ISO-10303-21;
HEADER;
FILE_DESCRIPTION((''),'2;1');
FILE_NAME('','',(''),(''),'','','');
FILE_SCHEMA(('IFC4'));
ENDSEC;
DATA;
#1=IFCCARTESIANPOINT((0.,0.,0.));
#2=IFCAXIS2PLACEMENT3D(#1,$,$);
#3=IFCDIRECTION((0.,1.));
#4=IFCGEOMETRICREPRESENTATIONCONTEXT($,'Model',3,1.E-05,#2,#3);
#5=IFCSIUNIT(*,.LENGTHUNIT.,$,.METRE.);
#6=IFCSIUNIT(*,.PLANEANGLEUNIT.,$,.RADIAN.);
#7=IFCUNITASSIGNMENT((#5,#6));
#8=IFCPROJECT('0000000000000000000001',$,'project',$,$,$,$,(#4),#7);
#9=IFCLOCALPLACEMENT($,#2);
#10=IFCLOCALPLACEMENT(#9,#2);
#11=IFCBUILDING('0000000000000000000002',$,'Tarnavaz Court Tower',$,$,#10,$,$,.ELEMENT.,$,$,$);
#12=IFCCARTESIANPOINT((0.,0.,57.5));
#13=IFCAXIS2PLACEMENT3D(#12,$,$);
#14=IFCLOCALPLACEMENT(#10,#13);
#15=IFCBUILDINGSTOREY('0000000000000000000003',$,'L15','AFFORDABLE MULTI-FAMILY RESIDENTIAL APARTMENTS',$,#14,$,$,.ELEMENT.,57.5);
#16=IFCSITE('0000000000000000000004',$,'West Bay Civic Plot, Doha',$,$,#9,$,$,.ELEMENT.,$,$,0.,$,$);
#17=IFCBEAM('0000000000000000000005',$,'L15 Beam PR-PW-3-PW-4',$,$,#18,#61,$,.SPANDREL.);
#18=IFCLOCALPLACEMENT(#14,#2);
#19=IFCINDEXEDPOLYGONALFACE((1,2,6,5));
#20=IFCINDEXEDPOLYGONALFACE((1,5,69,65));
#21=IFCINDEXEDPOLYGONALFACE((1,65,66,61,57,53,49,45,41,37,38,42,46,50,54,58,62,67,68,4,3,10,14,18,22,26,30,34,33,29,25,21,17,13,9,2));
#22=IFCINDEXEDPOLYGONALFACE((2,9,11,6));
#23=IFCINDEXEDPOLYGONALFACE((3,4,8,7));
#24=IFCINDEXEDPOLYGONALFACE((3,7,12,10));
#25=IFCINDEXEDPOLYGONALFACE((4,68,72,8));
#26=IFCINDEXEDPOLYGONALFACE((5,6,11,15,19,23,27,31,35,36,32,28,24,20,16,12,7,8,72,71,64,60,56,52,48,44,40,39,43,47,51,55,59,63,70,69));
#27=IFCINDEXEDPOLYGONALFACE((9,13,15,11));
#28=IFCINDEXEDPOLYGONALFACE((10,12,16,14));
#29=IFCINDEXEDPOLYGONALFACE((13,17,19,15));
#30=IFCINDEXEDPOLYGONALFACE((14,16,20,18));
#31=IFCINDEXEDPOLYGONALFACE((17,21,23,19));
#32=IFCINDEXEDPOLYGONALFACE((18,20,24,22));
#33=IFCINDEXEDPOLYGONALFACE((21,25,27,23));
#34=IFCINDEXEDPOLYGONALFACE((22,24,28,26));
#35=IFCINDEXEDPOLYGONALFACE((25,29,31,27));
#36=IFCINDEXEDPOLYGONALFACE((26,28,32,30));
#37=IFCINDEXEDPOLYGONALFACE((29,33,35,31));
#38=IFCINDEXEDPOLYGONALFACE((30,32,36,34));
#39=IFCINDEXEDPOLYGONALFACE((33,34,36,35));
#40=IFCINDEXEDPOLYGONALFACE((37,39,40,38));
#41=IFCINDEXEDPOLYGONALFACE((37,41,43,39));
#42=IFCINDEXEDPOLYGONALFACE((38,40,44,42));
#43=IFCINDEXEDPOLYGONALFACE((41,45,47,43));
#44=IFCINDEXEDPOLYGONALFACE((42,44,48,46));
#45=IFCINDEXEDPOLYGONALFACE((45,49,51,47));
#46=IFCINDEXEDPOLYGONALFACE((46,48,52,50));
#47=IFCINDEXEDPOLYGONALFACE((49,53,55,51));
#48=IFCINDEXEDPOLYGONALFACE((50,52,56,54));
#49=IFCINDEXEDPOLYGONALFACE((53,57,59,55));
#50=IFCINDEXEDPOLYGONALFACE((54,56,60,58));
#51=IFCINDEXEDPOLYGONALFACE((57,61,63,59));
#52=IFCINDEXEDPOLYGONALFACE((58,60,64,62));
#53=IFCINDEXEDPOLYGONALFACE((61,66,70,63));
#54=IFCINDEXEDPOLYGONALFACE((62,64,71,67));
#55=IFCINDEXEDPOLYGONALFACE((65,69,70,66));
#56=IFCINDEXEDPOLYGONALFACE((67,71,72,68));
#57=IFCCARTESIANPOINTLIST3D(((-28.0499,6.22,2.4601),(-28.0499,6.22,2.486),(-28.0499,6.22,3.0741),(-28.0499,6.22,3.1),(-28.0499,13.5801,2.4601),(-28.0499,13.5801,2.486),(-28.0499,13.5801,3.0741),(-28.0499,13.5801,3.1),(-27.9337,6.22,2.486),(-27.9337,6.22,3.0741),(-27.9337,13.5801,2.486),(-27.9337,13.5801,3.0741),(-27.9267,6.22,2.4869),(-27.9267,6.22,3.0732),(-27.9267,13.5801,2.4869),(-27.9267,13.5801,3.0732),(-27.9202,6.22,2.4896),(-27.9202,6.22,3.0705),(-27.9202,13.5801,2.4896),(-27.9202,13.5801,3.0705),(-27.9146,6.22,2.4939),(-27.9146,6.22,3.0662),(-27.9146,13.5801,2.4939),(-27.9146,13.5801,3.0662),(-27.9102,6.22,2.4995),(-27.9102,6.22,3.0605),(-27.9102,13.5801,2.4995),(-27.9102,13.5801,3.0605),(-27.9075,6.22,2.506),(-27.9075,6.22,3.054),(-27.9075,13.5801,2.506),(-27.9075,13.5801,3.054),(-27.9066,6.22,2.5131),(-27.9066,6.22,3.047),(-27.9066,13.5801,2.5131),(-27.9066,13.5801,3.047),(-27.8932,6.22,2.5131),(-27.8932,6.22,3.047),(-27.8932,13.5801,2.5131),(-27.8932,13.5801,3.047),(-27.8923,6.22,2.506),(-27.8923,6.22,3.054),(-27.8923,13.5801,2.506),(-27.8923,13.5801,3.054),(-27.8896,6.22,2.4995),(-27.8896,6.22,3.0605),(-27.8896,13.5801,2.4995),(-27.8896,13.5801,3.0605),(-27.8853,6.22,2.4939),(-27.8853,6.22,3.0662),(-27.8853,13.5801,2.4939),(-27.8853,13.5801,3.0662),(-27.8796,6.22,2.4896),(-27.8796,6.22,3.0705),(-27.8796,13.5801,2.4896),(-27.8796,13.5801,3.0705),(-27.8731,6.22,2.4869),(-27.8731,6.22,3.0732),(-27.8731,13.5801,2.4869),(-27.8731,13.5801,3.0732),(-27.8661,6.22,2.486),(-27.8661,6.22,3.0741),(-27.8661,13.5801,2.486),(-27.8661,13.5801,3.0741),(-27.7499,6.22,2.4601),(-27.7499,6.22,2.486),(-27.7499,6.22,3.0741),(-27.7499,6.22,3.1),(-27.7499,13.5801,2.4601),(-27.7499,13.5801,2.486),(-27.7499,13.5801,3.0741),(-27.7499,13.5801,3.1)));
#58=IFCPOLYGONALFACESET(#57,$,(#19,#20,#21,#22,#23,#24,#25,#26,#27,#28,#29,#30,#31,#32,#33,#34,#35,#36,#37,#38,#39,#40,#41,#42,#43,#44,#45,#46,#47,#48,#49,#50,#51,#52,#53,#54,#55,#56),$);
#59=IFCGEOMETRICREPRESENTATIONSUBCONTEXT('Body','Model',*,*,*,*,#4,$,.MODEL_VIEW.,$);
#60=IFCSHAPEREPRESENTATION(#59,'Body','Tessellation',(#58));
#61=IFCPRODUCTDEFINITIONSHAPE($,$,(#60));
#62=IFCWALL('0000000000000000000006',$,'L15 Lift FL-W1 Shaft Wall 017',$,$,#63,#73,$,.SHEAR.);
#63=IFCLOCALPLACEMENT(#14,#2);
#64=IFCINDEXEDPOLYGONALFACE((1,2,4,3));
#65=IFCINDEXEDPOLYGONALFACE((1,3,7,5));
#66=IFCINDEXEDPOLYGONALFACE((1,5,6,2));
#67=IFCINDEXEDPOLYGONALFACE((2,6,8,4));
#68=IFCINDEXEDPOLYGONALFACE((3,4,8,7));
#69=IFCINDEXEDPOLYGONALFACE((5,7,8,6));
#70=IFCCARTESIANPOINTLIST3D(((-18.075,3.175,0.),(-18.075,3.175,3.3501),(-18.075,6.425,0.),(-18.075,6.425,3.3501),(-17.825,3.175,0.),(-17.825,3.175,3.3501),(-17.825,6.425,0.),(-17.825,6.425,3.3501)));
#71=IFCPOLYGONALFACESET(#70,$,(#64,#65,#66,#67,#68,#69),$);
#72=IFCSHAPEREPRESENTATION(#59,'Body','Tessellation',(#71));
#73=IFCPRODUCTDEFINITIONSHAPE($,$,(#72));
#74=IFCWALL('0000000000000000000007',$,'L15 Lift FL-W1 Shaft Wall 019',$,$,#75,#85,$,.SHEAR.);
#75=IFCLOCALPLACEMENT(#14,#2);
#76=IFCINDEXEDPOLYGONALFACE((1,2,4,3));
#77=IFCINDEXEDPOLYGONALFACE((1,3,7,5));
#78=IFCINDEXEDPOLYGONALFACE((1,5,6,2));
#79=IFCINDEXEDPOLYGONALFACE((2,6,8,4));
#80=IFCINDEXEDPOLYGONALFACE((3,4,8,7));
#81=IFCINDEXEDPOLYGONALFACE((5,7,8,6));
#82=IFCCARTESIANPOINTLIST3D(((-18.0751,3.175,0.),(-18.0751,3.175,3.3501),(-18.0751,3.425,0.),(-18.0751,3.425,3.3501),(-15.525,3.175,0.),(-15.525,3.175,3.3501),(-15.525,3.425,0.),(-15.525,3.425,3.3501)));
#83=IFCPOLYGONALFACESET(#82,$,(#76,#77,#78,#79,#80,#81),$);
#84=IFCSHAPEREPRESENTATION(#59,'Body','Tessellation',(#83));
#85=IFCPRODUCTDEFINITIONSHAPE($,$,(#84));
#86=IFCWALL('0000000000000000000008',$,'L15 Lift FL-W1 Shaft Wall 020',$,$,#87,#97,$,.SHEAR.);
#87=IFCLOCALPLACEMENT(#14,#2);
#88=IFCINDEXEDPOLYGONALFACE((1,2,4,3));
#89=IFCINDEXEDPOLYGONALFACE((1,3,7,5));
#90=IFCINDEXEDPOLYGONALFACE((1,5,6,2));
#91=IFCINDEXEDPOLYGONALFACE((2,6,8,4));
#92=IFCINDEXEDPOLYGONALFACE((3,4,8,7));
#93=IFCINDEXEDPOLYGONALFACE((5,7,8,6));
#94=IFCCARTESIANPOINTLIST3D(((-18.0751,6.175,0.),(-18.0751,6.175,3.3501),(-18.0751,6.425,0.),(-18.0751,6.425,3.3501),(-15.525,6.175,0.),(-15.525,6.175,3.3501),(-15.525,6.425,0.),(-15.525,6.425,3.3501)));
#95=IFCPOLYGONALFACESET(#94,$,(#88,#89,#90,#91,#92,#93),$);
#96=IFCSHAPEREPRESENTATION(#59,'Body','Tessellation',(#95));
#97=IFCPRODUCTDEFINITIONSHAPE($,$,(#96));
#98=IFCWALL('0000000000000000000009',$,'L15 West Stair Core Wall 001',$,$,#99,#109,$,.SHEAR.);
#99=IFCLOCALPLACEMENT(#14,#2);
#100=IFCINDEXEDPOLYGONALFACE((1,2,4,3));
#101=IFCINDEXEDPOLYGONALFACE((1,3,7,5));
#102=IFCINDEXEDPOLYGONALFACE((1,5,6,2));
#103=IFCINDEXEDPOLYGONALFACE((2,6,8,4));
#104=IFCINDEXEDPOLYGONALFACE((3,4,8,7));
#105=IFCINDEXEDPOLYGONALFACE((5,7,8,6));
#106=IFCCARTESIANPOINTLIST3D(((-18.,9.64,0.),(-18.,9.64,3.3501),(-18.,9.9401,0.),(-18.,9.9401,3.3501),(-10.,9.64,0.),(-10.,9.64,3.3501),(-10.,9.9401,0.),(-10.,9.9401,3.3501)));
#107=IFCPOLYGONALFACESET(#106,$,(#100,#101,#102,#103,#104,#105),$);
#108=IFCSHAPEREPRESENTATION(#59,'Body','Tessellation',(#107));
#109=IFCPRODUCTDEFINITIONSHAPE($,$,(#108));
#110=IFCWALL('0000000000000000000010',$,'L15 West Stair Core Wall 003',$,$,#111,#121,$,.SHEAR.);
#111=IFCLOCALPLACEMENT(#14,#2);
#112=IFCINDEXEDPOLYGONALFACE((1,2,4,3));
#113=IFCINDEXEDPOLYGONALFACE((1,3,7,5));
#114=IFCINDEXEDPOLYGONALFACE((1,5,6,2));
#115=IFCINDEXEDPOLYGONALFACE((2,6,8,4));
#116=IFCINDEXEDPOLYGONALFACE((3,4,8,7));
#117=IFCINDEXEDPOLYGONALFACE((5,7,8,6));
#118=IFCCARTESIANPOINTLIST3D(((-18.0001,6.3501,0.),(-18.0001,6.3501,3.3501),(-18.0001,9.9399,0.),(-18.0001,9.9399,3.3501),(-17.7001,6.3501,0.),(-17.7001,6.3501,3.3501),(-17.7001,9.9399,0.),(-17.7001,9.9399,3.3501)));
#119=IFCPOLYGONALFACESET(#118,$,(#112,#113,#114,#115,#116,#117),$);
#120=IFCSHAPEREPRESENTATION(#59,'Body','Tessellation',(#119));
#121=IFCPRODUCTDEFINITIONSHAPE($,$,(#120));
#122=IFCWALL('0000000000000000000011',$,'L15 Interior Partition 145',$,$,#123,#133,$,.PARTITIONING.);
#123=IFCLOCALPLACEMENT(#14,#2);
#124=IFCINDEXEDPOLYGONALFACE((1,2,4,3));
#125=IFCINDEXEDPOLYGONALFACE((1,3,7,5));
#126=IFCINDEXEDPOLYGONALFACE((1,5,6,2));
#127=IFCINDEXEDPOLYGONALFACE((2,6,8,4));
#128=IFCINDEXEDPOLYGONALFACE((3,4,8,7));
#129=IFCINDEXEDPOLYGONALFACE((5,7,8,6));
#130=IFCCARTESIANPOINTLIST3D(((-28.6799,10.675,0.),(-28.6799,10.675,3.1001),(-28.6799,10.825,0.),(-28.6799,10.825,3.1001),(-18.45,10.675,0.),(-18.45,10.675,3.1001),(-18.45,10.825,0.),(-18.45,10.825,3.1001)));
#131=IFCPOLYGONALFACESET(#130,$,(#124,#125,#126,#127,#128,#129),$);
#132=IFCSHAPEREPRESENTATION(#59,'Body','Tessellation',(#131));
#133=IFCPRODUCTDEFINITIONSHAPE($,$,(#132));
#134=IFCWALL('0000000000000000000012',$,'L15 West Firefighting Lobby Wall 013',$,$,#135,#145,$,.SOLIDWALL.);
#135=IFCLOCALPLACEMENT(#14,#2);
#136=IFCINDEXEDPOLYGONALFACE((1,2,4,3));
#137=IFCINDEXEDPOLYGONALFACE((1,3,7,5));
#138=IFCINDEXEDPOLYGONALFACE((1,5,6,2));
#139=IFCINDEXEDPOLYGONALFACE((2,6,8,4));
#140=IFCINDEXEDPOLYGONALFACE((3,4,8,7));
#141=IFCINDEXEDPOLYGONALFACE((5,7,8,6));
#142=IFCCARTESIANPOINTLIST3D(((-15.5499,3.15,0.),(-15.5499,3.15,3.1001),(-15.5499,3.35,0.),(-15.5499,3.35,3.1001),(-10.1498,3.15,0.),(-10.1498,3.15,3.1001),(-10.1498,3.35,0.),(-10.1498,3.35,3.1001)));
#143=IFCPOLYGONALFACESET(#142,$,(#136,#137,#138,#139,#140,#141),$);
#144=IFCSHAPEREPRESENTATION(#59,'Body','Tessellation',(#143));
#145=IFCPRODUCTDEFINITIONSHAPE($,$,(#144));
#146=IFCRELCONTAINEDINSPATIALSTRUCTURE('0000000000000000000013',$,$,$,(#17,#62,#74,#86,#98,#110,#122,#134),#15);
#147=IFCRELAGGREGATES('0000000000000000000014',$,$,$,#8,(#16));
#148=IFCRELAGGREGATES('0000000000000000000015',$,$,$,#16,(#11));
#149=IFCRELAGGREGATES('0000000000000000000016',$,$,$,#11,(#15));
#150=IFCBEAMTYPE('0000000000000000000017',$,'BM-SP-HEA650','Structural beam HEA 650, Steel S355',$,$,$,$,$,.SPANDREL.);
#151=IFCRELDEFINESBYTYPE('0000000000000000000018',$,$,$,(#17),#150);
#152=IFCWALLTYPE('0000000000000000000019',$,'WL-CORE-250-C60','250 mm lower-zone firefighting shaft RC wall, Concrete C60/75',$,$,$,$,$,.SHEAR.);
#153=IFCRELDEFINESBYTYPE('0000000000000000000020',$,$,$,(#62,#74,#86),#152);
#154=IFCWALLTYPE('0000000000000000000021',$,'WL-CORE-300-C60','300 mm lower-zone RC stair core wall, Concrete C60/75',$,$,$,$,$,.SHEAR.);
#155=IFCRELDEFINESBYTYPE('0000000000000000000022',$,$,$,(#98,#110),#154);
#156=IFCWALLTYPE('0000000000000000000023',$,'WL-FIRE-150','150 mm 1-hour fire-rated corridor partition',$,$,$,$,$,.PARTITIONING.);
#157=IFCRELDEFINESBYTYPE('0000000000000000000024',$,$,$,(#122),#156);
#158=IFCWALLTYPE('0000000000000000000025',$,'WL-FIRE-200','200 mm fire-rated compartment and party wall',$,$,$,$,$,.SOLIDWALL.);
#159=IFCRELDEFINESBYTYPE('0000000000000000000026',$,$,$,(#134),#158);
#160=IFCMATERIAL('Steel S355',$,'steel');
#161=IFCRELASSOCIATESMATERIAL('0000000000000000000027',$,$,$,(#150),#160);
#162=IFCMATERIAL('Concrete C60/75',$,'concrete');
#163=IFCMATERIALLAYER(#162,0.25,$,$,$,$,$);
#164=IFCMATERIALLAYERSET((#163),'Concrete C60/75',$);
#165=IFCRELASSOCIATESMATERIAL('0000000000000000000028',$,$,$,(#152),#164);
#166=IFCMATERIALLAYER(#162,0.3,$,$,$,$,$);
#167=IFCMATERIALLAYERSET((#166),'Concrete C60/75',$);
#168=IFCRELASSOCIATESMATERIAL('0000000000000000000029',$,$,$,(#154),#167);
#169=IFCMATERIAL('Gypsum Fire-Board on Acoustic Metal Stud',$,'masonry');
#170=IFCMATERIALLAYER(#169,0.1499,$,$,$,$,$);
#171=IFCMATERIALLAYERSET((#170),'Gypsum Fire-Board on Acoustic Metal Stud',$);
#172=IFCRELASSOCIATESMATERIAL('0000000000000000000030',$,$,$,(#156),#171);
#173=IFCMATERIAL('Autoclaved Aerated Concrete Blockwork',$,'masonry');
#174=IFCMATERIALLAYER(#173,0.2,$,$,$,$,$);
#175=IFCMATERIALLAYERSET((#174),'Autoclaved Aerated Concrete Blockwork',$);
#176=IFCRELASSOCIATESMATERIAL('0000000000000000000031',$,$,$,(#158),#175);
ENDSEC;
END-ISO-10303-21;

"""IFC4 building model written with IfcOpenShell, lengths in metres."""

from ifc_helpers import new_model, si_unit, direction, frame, frame_2d, origin, origin_2d, place, context, subcontext, project, spatial, rectangle, i_section, extrude, material, layer, layer_set, material_profile, profile_set, type_object, element, save


model = new_model("IFC4")

# Units and contexts
model_context = context("Model", 3, precision=1e-05, world=origin(), true_north=direction((0.0, 1.0)))
body_context = subcontext(model_context, "Body", "Model", "MODEL_VIEW")
ifc_project = project(units=[si_unit("LENGTHUNIT", "METRE"), si_unit("PLANEANGLEUNIT", "RADIAN")], contexts=[model_context])

# Site, building, storey
site_placement = place(None, origin())
site = spatial("IfcSite", under=ifc_project, at=site_placement, Name="West Bay Civic Plot, Doha", CompositionType="ELEMENT", RefElevation=0.0)
building_placement = place(site_placement, origin())
building = spatial("IfcBuilding", under=site, at=building_placement, Name="Tarnavaz Court Tower", CompositionType="ELEMENT")
storey_placement = place(building_placement, frame((0.0, 0.0, 57.5)))
storey = spatial("IfcBuildingStorey", under=building, at=storey_placement, Name="L15", Description="AFFORDABLE MULTI-FAMILY RESIDENTIAL APARTMENTS", CompositionType="ELEMENT", Elevation=57.5)

# Shared definitions
ifc_material_1 = material(Name="Concrete C60/75", Category="concrete")

# Beam
ifc_material_2 = material(Name="Steel S355", Category="steel")
ifc_material_profile_1 = material_profile(ifc_material_2, i_section(OverallWidth=0.3, OverallDepth=0.6399, WebThickness=0.0134, FlangeThickness=0.0259, FilletRadius=0.0271, at=origin_2d()), Name="HEA 650")
ifc_profile_set_1 = profile_set([ifc_material_profile_1], Name="Steel S355")
beam_type_1 = type_object("IfcBeamType", Name="BM-SP-HEA650", Description="Structural beam HEA 650, Steel S355", PredefinedType="SPANDREL", material=ifc_profile_set_1)
beam_1_placement = place(storey_placement, frame((-27.8999, 6.22, 2.78), z_axis=(0.0, 1.0, 0.0), x_axis=(-1.0, 0.0, 0.0)))
element("IfcBeam", 1, at=beam_1_placement, inside=storey, type_object=beam_type_1, Name="L15 Beam PR-PW-3-PW-4", PredefinedType="SPANDREL", context=body_context, shape_type="SweptSolid", body=[
    extrude(i_section(OverallWidth=0.3, OverallDepth=0.6399, WebThickness=0.0134, FlangeThickness=0.0259, FilletRadius=0.0271, at=origin_2d()), origin(), (0.0, 0.0, 1.0), 7.3601),
])

# Wall
ifc_layer_1 = layer(ifc_material_1, 0.25)
ifc_layer_set_1 = layer_set([ifc_layer_1], Name="Concrete C60/75")
wall_type_1 = type_object("IfcWallType", Name="WL-CORE-250-C60", Description="250 mm lower-zone firefighting shaft RC wall, Concrete C60/75", PredefinedType="SHEAR", material=ifc_layer_set_1)
wall_1_placement = place(storey_placement, frame((-17.95, 3.175, 0.0), z_axis=(0.0, 0.0, 1.0), x_axis=(0.0, 1.0, 0.0)))
element("IfcWall", 2, at=wall_1_placement, inside=storey, type_object=wall_type_1, Name="L15 Lift FL-W1 Shaft Wall 017", PredefinedType="SHEAR", context=body_context, shape_type="SweptSolid", body=[
    extrude(rectangle(XDim=3.25, YDim=0.25, at=frame_2d((1.625, 0.0))), origin(), (0.0, 0.0, 1.0), 3.3501),
])

# Walls
for number, where, z_axis, x_axis, name in (
    (3, (-18.075, 3.3, 0.0), (0.0, 0.0, 1.0), (1.0, 0.0, 0.0), "L15 Lift FL-W1 Shaft Wall 019"),
    (4, (-18.075, 6.3, 0.0), (0.0, 0.0, 1.0), (1.0, 0.0, 0.0), "L15 Lift FL-W1 Shaft Wall 020"),
):
    element("IfcWall", number, at=place(storey_placement, frame(where, z_axis=z_axis, x_axis=x_axis)), inside=storey, type_object=wall_type_1, Name=name, PredefinedType="SHEAR", context=body_context, shape_type="SweptSolid", body=[
        extrude(rectangle(XDim=2.55, YDim=0.25, at=frame_2d((1.2749, 0.0))), origin(), (0.0, 0.0, 1.0), 3.3501),
    ])
ifc_layer_2 = layer(ifc_material_1, 0.3)
ifc_layer_set_2 = layer_set([ifc_layer_2], Name="Concrete C60/75")
wall_type_2 = type_object("IfcWallType", Name="WL-CORE-300-C60", Description="300 mm lower-zone RC stair core wall, Concrete C60/75", PredefinedType="SHEAR", material=ifc_layer_set_2)
wall_2_placement = place(storey_placement, frame((-18.0, 9.79, 0.0), z_axis=(0.0, 0.0, 1.0), x_axis=(1.0, 0.0, 0.0)))
element("IfcWall", 5, at=wall_2_placement, inside=storey, type_object=wall_type_2, Name="L15 West Stair Core Wall 001", PredefinedType="SHEAR", context=body_context, shape_type="SweptSolid", body=[
    extrude(rectangle(XDim=8.0, YDim=0.3, at=frame_2d((4.0, 0.0))), origin(), (0.0, 0.0, 1.0), 3.3501),
])

# Walls
wall_3_placement = place(storey_placement, frame((-17.8501, 6.3501, 0.0), z_axis=(0.0, 0.0, 1.0), x_axis=(0.0, 1.0, 0.0)))
element("IfcWall", 6, at=wall_3_placement, inside=storey, type_object=wall_type_2, Name="L15 West Stair Core Wall 003", PredefinedType="SHEAR", context=body_context, shape_type="SweptSolid", body=[
    extrude(rectangle(XDim=3.5898, YDim=0.3, at=frame_2d((1.7949, 0.0))), origin(), (0.0, 0.0, 1.0), 3.3501),
])
ifc_material_3 = material(Name="Gypsum Fire-Board on Acoustic Metal Stud", Category="masonry")
ifc_layer_3 = layer(ifc_material_3, 0.1499)
ifc_layer_set_3 = layer_set([ifc_layer_3], Name="Gypsum Fire-Board on Acoustic Metal Stud")
wall_type_3 = type_object("IfcWallType", Name="WL-FIRE-150", Description="150 mm 1-hour fire-rated corridor partition", PredefinedType="PARTITIONING", material=ifc_layer_set_3)
wall_4_placement = place(storey_placement, frame((-28.6799, 10.75, 0.0), z_axis=(0.0, 0.0, 1.0), x_axis=(1.0, 0.0, 0.0)))
element("IfcWall", 7, at=wall_4_placement, inside=storey, type_object=wall_type_3, Name="L15 Interior Partition 145", PredefinedType="PARTITIONING", context=body_context, shape_type="SweptSolid", body=[
    extrude(rectangle(XDim=10.23, YDim=0.1499, at=frame_2d((5.115, 0.0))), origin(), (0.0, 0.0, 1.0), 3.1001),
])
ifc_material_4 = material(Name="Autoclaved Aerated Concrete Blockwork", Category="masonry")
ifc_layer_4 = layer(ifc_material_4, 0.2)
ifc_layer_set_4 = layer_set([ifc_layer_4], Name="Autoclaved Aerated Concrete Blockwork")
wall_type_4 = type_object("IfcWallType", Name="WL-FIRE-200", Description="200 mm fire-rated compartment and party wall", PredefinedType="SOLIDWALL", material=ifc_layer_set_4)
wall_5_placement = place(storey_placement, frame((-15.55, 3.25, 0.0), z_axis=(0.0, 0.0, 1.0), x_axis=(1.0, 0.0, 0.0)))
element("IfcWall", 8, at=wall_5_placement, inside=storey, type_object=wall_type_4, Name="L15 West Firefighting Lobby Wall 013", PredefinedType="SOLIDWALL", context=body_context, shape_type="SweptSolid", body=[
    extrude(rectangle(XDim=5.4001, YDim=0.2, at=frame_2d((2.7002, 0.0))), origin(), (0.0, 0.0, 1.0), 3.1001),
])

save(model, "model.ifc")
